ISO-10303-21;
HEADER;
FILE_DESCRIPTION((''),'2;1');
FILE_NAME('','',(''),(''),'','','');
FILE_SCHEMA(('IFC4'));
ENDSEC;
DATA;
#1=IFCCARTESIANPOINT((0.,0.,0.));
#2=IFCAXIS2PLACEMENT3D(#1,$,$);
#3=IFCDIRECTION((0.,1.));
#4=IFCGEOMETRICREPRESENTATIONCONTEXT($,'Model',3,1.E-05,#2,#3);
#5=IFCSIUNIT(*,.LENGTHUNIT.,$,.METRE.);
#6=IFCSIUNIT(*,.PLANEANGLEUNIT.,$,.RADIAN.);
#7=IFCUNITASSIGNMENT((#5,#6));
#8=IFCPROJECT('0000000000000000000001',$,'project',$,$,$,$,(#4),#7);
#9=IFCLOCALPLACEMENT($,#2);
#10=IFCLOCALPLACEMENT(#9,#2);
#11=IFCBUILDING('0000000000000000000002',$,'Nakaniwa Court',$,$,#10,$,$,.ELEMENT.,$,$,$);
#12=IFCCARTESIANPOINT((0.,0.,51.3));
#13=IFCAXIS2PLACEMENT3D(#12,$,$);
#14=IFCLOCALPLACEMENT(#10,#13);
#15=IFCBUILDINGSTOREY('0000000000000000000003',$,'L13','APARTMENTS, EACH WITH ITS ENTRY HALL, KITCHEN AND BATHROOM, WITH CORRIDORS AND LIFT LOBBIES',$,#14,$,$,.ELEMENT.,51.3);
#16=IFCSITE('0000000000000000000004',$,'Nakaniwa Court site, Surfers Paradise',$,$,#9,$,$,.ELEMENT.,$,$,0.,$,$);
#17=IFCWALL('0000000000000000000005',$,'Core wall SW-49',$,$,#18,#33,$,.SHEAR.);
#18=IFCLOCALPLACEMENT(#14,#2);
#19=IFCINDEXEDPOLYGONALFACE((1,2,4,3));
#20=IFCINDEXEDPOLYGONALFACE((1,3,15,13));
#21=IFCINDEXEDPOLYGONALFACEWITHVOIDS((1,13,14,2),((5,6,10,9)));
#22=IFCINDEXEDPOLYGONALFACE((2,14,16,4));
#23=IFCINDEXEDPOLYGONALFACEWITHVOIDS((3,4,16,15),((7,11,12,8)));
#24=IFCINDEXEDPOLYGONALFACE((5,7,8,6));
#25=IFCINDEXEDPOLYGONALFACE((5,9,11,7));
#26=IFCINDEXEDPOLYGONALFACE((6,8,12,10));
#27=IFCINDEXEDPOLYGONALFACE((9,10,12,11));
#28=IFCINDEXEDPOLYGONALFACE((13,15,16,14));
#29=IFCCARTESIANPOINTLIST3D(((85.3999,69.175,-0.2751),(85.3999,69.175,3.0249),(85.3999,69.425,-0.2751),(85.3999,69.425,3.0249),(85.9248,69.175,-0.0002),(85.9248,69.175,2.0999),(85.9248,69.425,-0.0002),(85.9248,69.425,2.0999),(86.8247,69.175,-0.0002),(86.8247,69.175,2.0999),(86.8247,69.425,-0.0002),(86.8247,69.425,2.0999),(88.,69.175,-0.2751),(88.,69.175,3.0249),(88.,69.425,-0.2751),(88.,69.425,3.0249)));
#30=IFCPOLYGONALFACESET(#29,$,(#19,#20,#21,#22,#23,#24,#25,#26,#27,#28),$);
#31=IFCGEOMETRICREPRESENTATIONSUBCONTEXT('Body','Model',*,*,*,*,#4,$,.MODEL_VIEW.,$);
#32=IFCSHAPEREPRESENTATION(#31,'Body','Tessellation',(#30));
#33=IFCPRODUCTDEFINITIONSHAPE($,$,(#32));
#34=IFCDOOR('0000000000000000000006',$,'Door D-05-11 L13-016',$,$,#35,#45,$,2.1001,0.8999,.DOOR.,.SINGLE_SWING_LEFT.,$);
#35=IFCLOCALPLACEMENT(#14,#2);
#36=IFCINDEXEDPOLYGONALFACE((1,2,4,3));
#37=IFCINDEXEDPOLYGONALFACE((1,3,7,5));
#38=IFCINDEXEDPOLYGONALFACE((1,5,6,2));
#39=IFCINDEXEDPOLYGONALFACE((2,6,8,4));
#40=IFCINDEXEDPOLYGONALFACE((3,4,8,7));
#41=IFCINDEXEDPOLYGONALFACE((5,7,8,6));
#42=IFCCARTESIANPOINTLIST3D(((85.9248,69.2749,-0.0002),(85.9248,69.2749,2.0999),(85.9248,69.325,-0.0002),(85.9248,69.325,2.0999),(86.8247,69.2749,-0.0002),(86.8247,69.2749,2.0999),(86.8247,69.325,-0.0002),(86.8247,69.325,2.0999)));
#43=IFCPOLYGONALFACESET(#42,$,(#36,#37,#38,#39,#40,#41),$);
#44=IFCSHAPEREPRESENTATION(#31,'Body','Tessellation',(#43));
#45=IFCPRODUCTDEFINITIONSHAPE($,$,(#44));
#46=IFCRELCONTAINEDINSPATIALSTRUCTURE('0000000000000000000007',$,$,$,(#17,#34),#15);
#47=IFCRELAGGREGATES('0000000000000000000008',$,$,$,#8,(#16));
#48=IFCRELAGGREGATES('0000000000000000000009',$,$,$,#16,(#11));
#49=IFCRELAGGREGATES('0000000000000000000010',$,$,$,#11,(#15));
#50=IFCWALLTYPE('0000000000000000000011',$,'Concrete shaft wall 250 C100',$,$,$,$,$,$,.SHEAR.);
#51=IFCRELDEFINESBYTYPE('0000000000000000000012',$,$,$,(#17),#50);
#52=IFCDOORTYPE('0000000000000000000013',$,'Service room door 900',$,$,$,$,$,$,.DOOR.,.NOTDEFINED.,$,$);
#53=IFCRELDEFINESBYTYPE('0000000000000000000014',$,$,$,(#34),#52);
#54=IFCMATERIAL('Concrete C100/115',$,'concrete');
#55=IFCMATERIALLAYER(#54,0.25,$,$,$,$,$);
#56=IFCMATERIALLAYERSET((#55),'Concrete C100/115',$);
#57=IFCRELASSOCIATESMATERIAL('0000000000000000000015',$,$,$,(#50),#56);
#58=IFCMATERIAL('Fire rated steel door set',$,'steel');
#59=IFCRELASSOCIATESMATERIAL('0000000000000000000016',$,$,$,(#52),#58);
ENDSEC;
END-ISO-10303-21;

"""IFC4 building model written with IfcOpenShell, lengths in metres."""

from ifc_helpers import new_model, si_unit, direction, frame, frame_2d, origin, place, context, subcontext, project, spatial, rectangle, extrude, material, layer, layer_set, type_object, element, fill, save


model = new_model("IFC4")

# Units and contexts
model_context = context("Model", 3, precision=1e-05, world=origin(), true_north=direction((0.0, 1.0)))
body_context = subcontext(model_context, "Body", "Model", "MODEL_VIEW")
ifc_project = project(units=[si_unit("LENGTHUNIT", "METRE"), si_unit("PLANEANGLEUNIT", "RADIAN")], contexts=[model_context])

# Site, building, storey
site_placement = place(None, origin())
site = spatial("IfcSite", under=ifc_project, at=site_placement, Name="Nakaniwa Court site, Surfers Paradise", CompositionType="ELEMENT", RefElevation=0.0)
building_placement = place(site_placement, origin())
building = spatial("IfcBuilding", under=site, at=building_placement, Name="Nakaniwa Court", CompositionType="ELEMENT")
storey_placement = place(building_placement, frame((0.0, 0.0, 51.3)))
storey = spatial("IfcBuildingStorey", under=building, at=storey_placement, Name="L13", Description="APARTMENTS, EACH WITH ITS ENTRY HALL, KITCHEN AND BATHROOM, WITH CORRIDORS AND LIFT LOBBIES", CompositionType="ELEMENT", Elevation=51.3)

# Shared definitions
ifc_material_1 = material(Name="Concrete C100/115", Category="concrete")

# Shared definitions
ifc_material_2 = material(Name="Fire rated steel door set", Category="steel")

# Shared definitions
ifc_layer_1 = layer(ifc_material_1, 0.25)
ifc_layer_set_1 = layer_set([ifc_layer_1], Name="Concrete C100/115")
wall_type_1 = type_object("IfcWallType", Name="Concrete shaft wall 250 C100", PredefinedType="SHEAR", material=ifc_layer_set_1)

# Wall, opening, door
wall_1_placement = place(storey_placement, frame((85.3999, 69.3, -0.2751), z_axis=(0.0, 0.0, 1.0), x_axis=(1.0, 0.0, 0.0)))
wall_1 = element("IfcWall", 1, at=wall_1_placement, inside=storey, type_object=wall_type_1, Name="Core wall SW-49", PredefinedType="SHEAR", context=body_context, shape_type="SweptSolid", body=[
    extrude(rectangle(XDim=2.6001, YDim=0.25, at=frame_2d((1.3, 0.0))), origin(), (0.0, 0.0, 1.0), 3.3),
])
opening_1_placement = place(wall_1_placement, frame((0.5249, 0.0, 0.2749)))
opening_1 = element("IfcOpeningElement", 2, at=opening_1_placement, cuts=wall_1, PredefinedType="OPENING", context=body_context, shape_type="SweptSolid", body=[
    extrude(rectangle(XDim=0.8999, YDim=2.1001, at=frame_2d((0.45, 1.05))), frame((0.0, 0.135, 0.0), z_axis=(0.0, -1.0, 0.0), x_axis=(1.0, 0.0, 0.0)), (0.0, 0.0, 1.0), 0.27),
])
door_type_1 = type_object("IfcDoorType", Name="Service room door 900", OperationType="NOTDEFINED", PredefinedType="DOOR", material=ifc_material_2)
door_1_placement = place(opening_1_placement, origin())
door_1 = element("IfcDoor", 3, at=door_1_placement, inside=storey, type_object=door_type_1, Name="Door D-05-11 L13-016", OperationType="SINGLE_SWING_LEFT", OverallHeight=2.1001, OverallWidth=0.8999, PredefinedType="DOOR", context=body_context, shape_type="SweptSolid", body=[
    extrude(rectangle(XDim=0.8999, YDim=2.1001, at=frame_2d((0.45, 1.05))), frame((0.0, 0.0249, 0.0), z_axis=(0.0, -1.0, 0.0), x_axis=(1.0, 0.0, 0.0)), (0.0, 0.0, 1.0), 0.05),
])
fill(opening_1, door_1)

save(model, "model.ifc")
